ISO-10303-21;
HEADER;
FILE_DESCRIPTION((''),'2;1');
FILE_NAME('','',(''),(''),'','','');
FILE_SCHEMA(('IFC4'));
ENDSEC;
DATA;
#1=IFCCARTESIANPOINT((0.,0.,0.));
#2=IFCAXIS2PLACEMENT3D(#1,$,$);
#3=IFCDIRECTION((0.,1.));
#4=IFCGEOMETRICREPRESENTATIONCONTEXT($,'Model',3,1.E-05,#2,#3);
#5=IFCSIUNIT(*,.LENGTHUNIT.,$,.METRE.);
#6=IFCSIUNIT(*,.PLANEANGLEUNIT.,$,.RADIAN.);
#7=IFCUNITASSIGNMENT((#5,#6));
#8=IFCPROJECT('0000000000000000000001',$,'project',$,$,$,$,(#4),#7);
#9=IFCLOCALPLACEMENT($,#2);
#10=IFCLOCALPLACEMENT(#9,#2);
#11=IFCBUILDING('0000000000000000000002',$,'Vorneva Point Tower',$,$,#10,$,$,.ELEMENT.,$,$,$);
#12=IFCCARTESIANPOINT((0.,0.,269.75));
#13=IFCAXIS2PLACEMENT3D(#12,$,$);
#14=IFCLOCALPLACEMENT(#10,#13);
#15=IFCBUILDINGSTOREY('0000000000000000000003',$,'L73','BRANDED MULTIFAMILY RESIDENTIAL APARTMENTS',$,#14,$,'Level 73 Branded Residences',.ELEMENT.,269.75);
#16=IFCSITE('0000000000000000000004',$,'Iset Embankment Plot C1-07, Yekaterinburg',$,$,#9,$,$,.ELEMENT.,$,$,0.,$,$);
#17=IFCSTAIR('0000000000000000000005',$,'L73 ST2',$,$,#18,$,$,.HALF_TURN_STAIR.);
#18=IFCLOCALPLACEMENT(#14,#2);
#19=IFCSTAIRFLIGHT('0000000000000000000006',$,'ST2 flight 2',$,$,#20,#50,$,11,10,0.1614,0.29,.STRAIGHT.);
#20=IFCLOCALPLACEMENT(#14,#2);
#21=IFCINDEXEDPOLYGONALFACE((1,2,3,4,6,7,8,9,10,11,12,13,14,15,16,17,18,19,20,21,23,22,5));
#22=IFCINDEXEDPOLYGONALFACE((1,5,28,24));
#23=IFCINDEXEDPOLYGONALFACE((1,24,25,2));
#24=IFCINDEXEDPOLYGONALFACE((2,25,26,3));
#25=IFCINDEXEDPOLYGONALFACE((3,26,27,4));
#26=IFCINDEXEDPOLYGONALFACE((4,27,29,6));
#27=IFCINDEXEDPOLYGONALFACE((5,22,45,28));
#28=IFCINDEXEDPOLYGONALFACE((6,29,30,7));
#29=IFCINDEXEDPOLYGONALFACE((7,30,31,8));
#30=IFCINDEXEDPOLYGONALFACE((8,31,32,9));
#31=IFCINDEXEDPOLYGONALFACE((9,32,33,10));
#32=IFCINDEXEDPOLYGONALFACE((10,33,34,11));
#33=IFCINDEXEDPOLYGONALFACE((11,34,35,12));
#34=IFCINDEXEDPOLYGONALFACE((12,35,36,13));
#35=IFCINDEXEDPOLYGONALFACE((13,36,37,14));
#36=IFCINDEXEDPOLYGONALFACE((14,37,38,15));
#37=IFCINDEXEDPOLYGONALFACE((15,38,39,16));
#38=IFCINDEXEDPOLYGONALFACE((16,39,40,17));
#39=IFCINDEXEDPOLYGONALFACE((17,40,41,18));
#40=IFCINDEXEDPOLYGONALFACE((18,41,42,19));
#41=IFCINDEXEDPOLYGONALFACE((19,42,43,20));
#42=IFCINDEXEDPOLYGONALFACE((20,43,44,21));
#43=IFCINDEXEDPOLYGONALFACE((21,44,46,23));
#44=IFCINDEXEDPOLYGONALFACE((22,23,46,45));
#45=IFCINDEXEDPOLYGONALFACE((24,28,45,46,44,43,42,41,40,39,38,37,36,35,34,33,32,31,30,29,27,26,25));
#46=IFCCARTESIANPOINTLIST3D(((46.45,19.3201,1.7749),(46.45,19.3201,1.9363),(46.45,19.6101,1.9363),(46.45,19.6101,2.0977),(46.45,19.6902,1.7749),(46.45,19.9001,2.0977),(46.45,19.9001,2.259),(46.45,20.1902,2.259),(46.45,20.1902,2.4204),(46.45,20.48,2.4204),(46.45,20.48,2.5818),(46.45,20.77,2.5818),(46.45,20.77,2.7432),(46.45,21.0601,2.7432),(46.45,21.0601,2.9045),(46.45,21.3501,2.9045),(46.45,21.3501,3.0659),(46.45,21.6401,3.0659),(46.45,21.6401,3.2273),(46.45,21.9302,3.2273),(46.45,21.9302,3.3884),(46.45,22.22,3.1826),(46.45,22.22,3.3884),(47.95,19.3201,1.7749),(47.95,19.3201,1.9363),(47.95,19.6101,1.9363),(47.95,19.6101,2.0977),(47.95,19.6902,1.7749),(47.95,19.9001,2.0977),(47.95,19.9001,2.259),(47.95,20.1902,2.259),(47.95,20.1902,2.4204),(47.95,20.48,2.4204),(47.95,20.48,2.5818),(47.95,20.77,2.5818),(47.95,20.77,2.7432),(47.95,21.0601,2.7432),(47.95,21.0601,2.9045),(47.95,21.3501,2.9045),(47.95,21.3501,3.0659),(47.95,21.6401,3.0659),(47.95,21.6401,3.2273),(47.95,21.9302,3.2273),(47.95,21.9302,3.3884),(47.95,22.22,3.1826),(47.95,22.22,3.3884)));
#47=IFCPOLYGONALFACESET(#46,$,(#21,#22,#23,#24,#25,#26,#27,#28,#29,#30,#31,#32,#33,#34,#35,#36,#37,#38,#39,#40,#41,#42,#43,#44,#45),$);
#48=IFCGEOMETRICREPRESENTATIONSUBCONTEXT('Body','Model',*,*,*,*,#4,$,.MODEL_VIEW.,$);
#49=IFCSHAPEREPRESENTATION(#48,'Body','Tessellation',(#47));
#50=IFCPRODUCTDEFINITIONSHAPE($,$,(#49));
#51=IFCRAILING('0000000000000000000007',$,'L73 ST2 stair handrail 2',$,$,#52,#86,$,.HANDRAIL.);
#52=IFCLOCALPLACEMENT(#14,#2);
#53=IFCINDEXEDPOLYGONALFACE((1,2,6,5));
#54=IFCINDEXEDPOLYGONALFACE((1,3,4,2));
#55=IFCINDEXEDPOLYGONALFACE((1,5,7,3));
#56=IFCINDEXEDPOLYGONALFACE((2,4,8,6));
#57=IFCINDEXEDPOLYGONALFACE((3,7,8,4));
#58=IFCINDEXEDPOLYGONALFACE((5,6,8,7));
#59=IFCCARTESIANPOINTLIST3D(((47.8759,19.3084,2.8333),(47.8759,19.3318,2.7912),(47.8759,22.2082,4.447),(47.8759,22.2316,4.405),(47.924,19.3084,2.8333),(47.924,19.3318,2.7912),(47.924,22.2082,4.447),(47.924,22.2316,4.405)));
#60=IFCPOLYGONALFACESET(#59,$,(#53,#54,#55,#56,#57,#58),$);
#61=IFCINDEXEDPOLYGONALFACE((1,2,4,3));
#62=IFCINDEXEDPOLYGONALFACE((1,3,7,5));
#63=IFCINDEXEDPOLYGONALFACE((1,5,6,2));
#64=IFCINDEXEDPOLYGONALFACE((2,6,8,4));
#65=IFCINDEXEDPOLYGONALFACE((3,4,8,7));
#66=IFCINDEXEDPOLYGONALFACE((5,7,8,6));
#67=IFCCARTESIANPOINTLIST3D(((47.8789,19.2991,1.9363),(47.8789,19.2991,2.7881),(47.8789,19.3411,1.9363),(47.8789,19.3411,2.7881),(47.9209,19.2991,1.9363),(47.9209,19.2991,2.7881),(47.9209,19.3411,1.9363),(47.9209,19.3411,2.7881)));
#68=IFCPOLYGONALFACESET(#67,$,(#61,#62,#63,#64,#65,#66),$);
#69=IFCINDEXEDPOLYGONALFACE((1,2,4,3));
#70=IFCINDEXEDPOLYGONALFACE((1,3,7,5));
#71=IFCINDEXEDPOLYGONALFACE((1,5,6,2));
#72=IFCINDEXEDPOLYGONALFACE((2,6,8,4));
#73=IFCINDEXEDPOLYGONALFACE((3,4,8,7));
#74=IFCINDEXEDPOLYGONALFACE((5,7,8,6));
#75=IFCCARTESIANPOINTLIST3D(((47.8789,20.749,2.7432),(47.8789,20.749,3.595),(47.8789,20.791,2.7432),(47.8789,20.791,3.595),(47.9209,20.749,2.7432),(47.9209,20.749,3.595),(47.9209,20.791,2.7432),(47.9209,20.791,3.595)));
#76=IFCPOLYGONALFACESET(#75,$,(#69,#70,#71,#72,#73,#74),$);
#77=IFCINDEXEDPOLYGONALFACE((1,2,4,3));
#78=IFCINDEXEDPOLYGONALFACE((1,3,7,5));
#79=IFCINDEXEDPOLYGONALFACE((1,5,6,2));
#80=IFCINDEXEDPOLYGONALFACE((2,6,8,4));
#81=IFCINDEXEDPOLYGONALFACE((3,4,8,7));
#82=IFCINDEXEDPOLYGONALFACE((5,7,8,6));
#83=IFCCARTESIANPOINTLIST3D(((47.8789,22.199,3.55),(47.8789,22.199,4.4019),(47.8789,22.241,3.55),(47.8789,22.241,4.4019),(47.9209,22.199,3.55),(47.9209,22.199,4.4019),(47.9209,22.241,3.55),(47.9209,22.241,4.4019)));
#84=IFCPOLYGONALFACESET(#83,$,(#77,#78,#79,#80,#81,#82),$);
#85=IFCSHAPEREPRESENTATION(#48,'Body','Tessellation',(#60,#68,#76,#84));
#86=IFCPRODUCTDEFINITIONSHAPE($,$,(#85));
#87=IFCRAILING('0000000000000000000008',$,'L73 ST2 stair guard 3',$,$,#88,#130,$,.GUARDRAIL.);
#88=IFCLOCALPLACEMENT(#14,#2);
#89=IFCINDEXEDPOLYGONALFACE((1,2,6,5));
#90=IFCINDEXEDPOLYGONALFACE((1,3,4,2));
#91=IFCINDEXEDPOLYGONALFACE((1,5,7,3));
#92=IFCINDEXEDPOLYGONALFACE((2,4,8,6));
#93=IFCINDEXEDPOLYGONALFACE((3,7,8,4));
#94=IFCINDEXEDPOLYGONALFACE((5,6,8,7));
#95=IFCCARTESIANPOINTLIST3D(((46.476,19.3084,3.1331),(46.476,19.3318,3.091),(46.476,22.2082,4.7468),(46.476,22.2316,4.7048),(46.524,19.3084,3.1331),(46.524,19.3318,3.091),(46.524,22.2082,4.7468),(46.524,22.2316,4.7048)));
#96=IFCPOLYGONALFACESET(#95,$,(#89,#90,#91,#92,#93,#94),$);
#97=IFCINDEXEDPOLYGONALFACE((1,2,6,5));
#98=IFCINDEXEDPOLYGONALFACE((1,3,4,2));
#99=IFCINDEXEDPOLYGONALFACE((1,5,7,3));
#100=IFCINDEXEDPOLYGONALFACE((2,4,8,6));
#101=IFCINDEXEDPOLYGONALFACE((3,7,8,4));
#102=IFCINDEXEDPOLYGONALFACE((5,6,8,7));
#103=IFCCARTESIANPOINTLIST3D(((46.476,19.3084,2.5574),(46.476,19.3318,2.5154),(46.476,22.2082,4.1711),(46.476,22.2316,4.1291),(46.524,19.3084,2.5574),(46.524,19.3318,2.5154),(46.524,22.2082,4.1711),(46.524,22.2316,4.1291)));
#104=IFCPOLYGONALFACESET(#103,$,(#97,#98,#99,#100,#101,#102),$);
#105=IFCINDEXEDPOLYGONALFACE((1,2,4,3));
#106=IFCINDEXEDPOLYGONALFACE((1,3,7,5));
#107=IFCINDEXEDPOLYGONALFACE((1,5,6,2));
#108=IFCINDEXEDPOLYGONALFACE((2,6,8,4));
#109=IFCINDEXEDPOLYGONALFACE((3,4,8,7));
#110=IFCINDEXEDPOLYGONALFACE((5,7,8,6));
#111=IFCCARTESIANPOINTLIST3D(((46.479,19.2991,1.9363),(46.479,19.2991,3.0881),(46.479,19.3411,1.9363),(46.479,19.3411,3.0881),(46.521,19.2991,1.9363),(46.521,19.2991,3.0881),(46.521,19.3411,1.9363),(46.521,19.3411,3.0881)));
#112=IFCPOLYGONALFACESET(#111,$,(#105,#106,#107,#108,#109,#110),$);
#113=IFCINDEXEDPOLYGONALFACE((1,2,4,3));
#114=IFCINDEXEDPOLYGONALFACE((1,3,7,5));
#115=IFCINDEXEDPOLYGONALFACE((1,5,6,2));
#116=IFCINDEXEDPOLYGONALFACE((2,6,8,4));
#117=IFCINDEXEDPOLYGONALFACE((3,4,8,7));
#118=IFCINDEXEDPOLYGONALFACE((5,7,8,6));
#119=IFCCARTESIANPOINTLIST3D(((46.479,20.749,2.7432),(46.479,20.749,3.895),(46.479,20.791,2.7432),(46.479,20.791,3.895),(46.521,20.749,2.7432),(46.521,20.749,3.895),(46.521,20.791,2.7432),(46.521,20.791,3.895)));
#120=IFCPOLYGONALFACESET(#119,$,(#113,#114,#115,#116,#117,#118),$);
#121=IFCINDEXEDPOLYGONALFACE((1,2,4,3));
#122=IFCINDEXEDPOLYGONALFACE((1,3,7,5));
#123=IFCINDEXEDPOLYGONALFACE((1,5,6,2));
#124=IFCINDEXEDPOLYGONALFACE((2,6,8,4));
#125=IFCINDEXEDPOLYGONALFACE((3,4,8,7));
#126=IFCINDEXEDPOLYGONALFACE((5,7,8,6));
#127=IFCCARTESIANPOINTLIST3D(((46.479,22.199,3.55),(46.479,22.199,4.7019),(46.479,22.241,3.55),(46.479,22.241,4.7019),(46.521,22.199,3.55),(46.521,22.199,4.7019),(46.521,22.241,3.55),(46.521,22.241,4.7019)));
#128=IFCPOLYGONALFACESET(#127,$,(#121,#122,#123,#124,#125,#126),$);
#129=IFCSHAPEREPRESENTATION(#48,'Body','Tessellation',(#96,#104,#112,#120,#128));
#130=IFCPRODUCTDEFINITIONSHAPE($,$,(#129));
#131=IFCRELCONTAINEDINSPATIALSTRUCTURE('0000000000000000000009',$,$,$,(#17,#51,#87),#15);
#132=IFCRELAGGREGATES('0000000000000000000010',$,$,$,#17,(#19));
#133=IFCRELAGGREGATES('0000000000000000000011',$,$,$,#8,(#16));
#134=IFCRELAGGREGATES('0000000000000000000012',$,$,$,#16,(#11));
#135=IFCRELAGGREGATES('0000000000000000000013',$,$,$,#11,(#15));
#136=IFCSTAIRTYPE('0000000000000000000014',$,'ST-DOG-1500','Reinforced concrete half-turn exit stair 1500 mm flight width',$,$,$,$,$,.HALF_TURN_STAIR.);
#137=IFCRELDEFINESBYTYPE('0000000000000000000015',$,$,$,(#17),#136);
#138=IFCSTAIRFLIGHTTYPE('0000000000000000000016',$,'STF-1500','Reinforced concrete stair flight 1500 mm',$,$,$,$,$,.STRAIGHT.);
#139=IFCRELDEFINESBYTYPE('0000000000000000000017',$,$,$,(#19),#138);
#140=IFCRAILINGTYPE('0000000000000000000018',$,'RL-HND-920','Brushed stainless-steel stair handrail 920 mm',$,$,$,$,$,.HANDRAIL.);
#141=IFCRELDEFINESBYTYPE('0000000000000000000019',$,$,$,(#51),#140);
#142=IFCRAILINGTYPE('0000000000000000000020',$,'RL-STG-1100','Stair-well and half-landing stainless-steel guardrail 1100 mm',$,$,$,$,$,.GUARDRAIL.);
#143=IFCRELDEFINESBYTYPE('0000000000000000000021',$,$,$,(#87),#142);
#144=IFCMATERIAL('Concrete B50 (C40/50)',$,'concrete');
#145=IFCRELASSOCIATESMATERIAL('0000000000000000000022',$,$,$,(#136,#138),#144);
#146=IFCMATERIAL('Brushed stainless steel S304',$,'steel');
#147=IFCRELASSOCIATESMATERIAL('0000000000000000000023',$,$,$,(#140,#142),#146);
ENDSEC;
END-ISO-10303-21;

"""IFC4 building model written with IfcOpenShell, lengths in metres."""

from ifc_helpers import new_model, si_unit, direction, frame, origin, origin_2d, place, context, subcontext, project, spatial, polyline, rectangle, outline, extrude, material, type_object, element, aggregate, save


model = new_model("IFC4")

# Units and contexts
model_context = context("Model", 3, precision=1e-05, world=origin(), true_north=direction((0.0, 1.0)))
body_context = subcontext(model_context, "Body", "Model", "MODEL_VIEW")
ifc_project = project(units=[si_unit("LENGTHUNIT", "METRE"), si_unit("PLANEANGLEUNIT", "RADIAN")], contexts=[model_context])

# Site, building, storey
site_placement = place(None, origin())
site = spatial("IfcSite", under=ifc_project, at=site_placement, Name="Iset Embankment Plot C1-07, Yekaterinburg", CompositionType="ELEMENT", RefElevation=0.0)
building_placement = place(site_placement, origin())
building = spatial("IfcBuilding", under=site, at=building_placement, Name="Vorneva Point Tower", CompositionType="ELEMENT")
storey_placement = place(building_placement, frame((0.0, 0.0, 269.75)))
storey = spatial("IfcBuildingStorey", under=building, at=storey_placement, Name="L73", Description="BRANDED MULTIFAMILY RESIDENTIAL APARTMENTS", LongName="Level 73 Branded Residences", CompositionType="ELEMENT", Elevation=269.75)

# Shared definitions
ifc_material_1 = material(Name="Concrete B50 (C40/50)", Category="concrete")

# Stair, stair flight
stair_type = type_object("IfcStairType", Name="ST-DOG-1500", Description="Reinforced concrete half-turn exit stair 1500 mm flight width", PredefinedType="HALF_TURN_STAIR", material=ifc_material_1)
stair_placement = place(storey_placement, origin())
stair = element("IfcStair", 1, at=stair_placement, inside=storey, type_object=stair_type, Name="L73 ST2", PredefinedType="HALF_TURN_STAIR")
stair_flight_type = type_object("IfcStairFlightType", Name="STF-1500", Description="Reinforced concrete stair flight 1500 mm", PredefinedType="STRAIGHT", material=ifc_material_1)
stair_flight_placement = place(storey_placement, frame((47.2, 19.3201, 1.7749), z_axis=(0.0, 0.0, 1.0), x_axis=(0.0, 1.0, 0.0)))
stair_flight = element("IfcStairFlight", 2, at=stair_flight_placement, type_object=stair_flight_type, Name="ST2 flight 2", NumberOfRisers=11, NumberOfTreads=10, PredefinedType="STRAIGHT", RiserHeight=0.1614, TreadLength=0.29, context=body_context, shape_type="SweptSolid", body=[
    extrude(outline(polyline([(0.0, 0.0), (0.0, 0.1614), (0.29, 0.1614), (0.29, 0.3228), (0.5801, 0.3228), (0.5801, 0.4841), (0.8701, 0.4841), (0.8701, 0.6455), (1.1599, 0.6455), (1.1599, 0.8069), (1.45, 0.8069), (1.45, 0.9683), (1.74, 0.9683), (1.74, 1.1296), (2.03, 1.1296), (2.03, 1.291), (2.3201, 1.291), (2.3201, 1.4524), (2.6101, 1.4524), (2.6101, 1.6135), (2.8999, 1.6135), (2.8999, 1.7749), (2.8999, 1.4077), (0.3701, 0.0), (0.0, 0.0)])), frame((0.0, 0.75, 0.0), z_axis=(0.0, -1.0, 0.0), x_axis=(1.0, 0.0, 0.0)), (0.0, 0.0, 1.0), 1.5),
])
aggregate(stair, [stair_flight])

# Railings
ifc_material_2 = material(Name="Brushed stainless steel S304", Category="steel")
railing_type_1 = type_object("IfcRailingType", Name="RL-HND-920", Description="Brushed stainless-steel stair handrail 920 mm", PredefinedType="HANDRAIL", material=ifc_material_2)
railing_1_placement = place(storey_placement, frame((47.8999, 19.3201, 1.9363)))
element("IfcRailing", 3, at=railing_1_placement, inside=storey, type_object=railing_type_1, Name="L73 ST2 stair handrail 2", PredefinedType="HANDRAIL", context=body_context, shape_type="SweptSolid", body=[
    extrude(rectangle(XDim=0.0481, YDim=0.0481, at=origin_2d()), frame((0.0, 0.0, 0.876), z_axis=(0.0, 0.87381, 0.486267), x_axis=(-1.0, 0.0, 0.0)), (0.0, 0.0, 1.0), 3.3186),
    extrude(rectangle(XDim=0.042, YDim=0.042, at=origin_2d()), origin(), (0.0, 0.0, 1.0), 0.8518),
    extrude(rectangle(XDim=0.042, YDim=0.042, at=origin_2d()), frame((0.0, 1.45, 0.8069)), (0.0, 0.0, 1.0), 0.8518),
    extrude(rectangle(XDim=0.042, YDim=0.042, at=origin_2d()), frame((0.0, 2.8999, 1.6138)), (0.0, 0.0, 1.0), 0.8518),
])
railing_type_2 = type_object("IfcRailingType", Name="RL-STG-1100", Description="Stair-well and half-landing stainless-steel guardrail 1100 mm", PredefinedType="GUARDRAIL", material=ifc_material_2)
railing_2_placement = place(storey_placement, frame((46.5, 19.3201, 1.9363)))
element("IfcRailing", 4, at=railing_2_placement, inside=storey, type_object=railing_type_2, Name="L73 ST2 stair guard 3", PredefinedType="GUARDRAIL", context=body_context, shape_type="SweptSolid", body=[
    extrude(rectangle(XDim=0.0481, YDim=0.0481, at=origin_2d()), frame((0.0, 0.0, 1.1758), z_axis=(0.0, 0.87381, 0.486267), x_axis=(-1.0, 0.0, 0.0)), (0.0, 0.0, 1.0), 3.3186),
    extrude(rectangle(XDim=0.0481, YDim=0.0481, at=origin_2d()), frame((0.0, 0.0, 0.6001), z_axis=(0.0, 0.87381, 0.486267), x_axis=(-1.0, 0.0, 0.0)), (0.0, 0.0, 1.0), 3.3186),
    extrude(rectangle(XDim=0.042, YDim=0.042, at=origin_2d()), origin(), (0.0, 0.0, 1.0), 1.1519),
    extrude(rectangle(XDim=0.042, YDim=0.042, at=origin_2d()), frame((0.0, 1.45, 0.8069)), (0.0, 0.0, 1.0), 1.1519),
    extrude(rectangle(XDim=0.042, YDim=0.042, at=origin_2d()), frame((0.0, 2.8999, 1.6138)), (0.0, 0.0, 1.0), 1.1519),
])

save(model, "model.ifc")
